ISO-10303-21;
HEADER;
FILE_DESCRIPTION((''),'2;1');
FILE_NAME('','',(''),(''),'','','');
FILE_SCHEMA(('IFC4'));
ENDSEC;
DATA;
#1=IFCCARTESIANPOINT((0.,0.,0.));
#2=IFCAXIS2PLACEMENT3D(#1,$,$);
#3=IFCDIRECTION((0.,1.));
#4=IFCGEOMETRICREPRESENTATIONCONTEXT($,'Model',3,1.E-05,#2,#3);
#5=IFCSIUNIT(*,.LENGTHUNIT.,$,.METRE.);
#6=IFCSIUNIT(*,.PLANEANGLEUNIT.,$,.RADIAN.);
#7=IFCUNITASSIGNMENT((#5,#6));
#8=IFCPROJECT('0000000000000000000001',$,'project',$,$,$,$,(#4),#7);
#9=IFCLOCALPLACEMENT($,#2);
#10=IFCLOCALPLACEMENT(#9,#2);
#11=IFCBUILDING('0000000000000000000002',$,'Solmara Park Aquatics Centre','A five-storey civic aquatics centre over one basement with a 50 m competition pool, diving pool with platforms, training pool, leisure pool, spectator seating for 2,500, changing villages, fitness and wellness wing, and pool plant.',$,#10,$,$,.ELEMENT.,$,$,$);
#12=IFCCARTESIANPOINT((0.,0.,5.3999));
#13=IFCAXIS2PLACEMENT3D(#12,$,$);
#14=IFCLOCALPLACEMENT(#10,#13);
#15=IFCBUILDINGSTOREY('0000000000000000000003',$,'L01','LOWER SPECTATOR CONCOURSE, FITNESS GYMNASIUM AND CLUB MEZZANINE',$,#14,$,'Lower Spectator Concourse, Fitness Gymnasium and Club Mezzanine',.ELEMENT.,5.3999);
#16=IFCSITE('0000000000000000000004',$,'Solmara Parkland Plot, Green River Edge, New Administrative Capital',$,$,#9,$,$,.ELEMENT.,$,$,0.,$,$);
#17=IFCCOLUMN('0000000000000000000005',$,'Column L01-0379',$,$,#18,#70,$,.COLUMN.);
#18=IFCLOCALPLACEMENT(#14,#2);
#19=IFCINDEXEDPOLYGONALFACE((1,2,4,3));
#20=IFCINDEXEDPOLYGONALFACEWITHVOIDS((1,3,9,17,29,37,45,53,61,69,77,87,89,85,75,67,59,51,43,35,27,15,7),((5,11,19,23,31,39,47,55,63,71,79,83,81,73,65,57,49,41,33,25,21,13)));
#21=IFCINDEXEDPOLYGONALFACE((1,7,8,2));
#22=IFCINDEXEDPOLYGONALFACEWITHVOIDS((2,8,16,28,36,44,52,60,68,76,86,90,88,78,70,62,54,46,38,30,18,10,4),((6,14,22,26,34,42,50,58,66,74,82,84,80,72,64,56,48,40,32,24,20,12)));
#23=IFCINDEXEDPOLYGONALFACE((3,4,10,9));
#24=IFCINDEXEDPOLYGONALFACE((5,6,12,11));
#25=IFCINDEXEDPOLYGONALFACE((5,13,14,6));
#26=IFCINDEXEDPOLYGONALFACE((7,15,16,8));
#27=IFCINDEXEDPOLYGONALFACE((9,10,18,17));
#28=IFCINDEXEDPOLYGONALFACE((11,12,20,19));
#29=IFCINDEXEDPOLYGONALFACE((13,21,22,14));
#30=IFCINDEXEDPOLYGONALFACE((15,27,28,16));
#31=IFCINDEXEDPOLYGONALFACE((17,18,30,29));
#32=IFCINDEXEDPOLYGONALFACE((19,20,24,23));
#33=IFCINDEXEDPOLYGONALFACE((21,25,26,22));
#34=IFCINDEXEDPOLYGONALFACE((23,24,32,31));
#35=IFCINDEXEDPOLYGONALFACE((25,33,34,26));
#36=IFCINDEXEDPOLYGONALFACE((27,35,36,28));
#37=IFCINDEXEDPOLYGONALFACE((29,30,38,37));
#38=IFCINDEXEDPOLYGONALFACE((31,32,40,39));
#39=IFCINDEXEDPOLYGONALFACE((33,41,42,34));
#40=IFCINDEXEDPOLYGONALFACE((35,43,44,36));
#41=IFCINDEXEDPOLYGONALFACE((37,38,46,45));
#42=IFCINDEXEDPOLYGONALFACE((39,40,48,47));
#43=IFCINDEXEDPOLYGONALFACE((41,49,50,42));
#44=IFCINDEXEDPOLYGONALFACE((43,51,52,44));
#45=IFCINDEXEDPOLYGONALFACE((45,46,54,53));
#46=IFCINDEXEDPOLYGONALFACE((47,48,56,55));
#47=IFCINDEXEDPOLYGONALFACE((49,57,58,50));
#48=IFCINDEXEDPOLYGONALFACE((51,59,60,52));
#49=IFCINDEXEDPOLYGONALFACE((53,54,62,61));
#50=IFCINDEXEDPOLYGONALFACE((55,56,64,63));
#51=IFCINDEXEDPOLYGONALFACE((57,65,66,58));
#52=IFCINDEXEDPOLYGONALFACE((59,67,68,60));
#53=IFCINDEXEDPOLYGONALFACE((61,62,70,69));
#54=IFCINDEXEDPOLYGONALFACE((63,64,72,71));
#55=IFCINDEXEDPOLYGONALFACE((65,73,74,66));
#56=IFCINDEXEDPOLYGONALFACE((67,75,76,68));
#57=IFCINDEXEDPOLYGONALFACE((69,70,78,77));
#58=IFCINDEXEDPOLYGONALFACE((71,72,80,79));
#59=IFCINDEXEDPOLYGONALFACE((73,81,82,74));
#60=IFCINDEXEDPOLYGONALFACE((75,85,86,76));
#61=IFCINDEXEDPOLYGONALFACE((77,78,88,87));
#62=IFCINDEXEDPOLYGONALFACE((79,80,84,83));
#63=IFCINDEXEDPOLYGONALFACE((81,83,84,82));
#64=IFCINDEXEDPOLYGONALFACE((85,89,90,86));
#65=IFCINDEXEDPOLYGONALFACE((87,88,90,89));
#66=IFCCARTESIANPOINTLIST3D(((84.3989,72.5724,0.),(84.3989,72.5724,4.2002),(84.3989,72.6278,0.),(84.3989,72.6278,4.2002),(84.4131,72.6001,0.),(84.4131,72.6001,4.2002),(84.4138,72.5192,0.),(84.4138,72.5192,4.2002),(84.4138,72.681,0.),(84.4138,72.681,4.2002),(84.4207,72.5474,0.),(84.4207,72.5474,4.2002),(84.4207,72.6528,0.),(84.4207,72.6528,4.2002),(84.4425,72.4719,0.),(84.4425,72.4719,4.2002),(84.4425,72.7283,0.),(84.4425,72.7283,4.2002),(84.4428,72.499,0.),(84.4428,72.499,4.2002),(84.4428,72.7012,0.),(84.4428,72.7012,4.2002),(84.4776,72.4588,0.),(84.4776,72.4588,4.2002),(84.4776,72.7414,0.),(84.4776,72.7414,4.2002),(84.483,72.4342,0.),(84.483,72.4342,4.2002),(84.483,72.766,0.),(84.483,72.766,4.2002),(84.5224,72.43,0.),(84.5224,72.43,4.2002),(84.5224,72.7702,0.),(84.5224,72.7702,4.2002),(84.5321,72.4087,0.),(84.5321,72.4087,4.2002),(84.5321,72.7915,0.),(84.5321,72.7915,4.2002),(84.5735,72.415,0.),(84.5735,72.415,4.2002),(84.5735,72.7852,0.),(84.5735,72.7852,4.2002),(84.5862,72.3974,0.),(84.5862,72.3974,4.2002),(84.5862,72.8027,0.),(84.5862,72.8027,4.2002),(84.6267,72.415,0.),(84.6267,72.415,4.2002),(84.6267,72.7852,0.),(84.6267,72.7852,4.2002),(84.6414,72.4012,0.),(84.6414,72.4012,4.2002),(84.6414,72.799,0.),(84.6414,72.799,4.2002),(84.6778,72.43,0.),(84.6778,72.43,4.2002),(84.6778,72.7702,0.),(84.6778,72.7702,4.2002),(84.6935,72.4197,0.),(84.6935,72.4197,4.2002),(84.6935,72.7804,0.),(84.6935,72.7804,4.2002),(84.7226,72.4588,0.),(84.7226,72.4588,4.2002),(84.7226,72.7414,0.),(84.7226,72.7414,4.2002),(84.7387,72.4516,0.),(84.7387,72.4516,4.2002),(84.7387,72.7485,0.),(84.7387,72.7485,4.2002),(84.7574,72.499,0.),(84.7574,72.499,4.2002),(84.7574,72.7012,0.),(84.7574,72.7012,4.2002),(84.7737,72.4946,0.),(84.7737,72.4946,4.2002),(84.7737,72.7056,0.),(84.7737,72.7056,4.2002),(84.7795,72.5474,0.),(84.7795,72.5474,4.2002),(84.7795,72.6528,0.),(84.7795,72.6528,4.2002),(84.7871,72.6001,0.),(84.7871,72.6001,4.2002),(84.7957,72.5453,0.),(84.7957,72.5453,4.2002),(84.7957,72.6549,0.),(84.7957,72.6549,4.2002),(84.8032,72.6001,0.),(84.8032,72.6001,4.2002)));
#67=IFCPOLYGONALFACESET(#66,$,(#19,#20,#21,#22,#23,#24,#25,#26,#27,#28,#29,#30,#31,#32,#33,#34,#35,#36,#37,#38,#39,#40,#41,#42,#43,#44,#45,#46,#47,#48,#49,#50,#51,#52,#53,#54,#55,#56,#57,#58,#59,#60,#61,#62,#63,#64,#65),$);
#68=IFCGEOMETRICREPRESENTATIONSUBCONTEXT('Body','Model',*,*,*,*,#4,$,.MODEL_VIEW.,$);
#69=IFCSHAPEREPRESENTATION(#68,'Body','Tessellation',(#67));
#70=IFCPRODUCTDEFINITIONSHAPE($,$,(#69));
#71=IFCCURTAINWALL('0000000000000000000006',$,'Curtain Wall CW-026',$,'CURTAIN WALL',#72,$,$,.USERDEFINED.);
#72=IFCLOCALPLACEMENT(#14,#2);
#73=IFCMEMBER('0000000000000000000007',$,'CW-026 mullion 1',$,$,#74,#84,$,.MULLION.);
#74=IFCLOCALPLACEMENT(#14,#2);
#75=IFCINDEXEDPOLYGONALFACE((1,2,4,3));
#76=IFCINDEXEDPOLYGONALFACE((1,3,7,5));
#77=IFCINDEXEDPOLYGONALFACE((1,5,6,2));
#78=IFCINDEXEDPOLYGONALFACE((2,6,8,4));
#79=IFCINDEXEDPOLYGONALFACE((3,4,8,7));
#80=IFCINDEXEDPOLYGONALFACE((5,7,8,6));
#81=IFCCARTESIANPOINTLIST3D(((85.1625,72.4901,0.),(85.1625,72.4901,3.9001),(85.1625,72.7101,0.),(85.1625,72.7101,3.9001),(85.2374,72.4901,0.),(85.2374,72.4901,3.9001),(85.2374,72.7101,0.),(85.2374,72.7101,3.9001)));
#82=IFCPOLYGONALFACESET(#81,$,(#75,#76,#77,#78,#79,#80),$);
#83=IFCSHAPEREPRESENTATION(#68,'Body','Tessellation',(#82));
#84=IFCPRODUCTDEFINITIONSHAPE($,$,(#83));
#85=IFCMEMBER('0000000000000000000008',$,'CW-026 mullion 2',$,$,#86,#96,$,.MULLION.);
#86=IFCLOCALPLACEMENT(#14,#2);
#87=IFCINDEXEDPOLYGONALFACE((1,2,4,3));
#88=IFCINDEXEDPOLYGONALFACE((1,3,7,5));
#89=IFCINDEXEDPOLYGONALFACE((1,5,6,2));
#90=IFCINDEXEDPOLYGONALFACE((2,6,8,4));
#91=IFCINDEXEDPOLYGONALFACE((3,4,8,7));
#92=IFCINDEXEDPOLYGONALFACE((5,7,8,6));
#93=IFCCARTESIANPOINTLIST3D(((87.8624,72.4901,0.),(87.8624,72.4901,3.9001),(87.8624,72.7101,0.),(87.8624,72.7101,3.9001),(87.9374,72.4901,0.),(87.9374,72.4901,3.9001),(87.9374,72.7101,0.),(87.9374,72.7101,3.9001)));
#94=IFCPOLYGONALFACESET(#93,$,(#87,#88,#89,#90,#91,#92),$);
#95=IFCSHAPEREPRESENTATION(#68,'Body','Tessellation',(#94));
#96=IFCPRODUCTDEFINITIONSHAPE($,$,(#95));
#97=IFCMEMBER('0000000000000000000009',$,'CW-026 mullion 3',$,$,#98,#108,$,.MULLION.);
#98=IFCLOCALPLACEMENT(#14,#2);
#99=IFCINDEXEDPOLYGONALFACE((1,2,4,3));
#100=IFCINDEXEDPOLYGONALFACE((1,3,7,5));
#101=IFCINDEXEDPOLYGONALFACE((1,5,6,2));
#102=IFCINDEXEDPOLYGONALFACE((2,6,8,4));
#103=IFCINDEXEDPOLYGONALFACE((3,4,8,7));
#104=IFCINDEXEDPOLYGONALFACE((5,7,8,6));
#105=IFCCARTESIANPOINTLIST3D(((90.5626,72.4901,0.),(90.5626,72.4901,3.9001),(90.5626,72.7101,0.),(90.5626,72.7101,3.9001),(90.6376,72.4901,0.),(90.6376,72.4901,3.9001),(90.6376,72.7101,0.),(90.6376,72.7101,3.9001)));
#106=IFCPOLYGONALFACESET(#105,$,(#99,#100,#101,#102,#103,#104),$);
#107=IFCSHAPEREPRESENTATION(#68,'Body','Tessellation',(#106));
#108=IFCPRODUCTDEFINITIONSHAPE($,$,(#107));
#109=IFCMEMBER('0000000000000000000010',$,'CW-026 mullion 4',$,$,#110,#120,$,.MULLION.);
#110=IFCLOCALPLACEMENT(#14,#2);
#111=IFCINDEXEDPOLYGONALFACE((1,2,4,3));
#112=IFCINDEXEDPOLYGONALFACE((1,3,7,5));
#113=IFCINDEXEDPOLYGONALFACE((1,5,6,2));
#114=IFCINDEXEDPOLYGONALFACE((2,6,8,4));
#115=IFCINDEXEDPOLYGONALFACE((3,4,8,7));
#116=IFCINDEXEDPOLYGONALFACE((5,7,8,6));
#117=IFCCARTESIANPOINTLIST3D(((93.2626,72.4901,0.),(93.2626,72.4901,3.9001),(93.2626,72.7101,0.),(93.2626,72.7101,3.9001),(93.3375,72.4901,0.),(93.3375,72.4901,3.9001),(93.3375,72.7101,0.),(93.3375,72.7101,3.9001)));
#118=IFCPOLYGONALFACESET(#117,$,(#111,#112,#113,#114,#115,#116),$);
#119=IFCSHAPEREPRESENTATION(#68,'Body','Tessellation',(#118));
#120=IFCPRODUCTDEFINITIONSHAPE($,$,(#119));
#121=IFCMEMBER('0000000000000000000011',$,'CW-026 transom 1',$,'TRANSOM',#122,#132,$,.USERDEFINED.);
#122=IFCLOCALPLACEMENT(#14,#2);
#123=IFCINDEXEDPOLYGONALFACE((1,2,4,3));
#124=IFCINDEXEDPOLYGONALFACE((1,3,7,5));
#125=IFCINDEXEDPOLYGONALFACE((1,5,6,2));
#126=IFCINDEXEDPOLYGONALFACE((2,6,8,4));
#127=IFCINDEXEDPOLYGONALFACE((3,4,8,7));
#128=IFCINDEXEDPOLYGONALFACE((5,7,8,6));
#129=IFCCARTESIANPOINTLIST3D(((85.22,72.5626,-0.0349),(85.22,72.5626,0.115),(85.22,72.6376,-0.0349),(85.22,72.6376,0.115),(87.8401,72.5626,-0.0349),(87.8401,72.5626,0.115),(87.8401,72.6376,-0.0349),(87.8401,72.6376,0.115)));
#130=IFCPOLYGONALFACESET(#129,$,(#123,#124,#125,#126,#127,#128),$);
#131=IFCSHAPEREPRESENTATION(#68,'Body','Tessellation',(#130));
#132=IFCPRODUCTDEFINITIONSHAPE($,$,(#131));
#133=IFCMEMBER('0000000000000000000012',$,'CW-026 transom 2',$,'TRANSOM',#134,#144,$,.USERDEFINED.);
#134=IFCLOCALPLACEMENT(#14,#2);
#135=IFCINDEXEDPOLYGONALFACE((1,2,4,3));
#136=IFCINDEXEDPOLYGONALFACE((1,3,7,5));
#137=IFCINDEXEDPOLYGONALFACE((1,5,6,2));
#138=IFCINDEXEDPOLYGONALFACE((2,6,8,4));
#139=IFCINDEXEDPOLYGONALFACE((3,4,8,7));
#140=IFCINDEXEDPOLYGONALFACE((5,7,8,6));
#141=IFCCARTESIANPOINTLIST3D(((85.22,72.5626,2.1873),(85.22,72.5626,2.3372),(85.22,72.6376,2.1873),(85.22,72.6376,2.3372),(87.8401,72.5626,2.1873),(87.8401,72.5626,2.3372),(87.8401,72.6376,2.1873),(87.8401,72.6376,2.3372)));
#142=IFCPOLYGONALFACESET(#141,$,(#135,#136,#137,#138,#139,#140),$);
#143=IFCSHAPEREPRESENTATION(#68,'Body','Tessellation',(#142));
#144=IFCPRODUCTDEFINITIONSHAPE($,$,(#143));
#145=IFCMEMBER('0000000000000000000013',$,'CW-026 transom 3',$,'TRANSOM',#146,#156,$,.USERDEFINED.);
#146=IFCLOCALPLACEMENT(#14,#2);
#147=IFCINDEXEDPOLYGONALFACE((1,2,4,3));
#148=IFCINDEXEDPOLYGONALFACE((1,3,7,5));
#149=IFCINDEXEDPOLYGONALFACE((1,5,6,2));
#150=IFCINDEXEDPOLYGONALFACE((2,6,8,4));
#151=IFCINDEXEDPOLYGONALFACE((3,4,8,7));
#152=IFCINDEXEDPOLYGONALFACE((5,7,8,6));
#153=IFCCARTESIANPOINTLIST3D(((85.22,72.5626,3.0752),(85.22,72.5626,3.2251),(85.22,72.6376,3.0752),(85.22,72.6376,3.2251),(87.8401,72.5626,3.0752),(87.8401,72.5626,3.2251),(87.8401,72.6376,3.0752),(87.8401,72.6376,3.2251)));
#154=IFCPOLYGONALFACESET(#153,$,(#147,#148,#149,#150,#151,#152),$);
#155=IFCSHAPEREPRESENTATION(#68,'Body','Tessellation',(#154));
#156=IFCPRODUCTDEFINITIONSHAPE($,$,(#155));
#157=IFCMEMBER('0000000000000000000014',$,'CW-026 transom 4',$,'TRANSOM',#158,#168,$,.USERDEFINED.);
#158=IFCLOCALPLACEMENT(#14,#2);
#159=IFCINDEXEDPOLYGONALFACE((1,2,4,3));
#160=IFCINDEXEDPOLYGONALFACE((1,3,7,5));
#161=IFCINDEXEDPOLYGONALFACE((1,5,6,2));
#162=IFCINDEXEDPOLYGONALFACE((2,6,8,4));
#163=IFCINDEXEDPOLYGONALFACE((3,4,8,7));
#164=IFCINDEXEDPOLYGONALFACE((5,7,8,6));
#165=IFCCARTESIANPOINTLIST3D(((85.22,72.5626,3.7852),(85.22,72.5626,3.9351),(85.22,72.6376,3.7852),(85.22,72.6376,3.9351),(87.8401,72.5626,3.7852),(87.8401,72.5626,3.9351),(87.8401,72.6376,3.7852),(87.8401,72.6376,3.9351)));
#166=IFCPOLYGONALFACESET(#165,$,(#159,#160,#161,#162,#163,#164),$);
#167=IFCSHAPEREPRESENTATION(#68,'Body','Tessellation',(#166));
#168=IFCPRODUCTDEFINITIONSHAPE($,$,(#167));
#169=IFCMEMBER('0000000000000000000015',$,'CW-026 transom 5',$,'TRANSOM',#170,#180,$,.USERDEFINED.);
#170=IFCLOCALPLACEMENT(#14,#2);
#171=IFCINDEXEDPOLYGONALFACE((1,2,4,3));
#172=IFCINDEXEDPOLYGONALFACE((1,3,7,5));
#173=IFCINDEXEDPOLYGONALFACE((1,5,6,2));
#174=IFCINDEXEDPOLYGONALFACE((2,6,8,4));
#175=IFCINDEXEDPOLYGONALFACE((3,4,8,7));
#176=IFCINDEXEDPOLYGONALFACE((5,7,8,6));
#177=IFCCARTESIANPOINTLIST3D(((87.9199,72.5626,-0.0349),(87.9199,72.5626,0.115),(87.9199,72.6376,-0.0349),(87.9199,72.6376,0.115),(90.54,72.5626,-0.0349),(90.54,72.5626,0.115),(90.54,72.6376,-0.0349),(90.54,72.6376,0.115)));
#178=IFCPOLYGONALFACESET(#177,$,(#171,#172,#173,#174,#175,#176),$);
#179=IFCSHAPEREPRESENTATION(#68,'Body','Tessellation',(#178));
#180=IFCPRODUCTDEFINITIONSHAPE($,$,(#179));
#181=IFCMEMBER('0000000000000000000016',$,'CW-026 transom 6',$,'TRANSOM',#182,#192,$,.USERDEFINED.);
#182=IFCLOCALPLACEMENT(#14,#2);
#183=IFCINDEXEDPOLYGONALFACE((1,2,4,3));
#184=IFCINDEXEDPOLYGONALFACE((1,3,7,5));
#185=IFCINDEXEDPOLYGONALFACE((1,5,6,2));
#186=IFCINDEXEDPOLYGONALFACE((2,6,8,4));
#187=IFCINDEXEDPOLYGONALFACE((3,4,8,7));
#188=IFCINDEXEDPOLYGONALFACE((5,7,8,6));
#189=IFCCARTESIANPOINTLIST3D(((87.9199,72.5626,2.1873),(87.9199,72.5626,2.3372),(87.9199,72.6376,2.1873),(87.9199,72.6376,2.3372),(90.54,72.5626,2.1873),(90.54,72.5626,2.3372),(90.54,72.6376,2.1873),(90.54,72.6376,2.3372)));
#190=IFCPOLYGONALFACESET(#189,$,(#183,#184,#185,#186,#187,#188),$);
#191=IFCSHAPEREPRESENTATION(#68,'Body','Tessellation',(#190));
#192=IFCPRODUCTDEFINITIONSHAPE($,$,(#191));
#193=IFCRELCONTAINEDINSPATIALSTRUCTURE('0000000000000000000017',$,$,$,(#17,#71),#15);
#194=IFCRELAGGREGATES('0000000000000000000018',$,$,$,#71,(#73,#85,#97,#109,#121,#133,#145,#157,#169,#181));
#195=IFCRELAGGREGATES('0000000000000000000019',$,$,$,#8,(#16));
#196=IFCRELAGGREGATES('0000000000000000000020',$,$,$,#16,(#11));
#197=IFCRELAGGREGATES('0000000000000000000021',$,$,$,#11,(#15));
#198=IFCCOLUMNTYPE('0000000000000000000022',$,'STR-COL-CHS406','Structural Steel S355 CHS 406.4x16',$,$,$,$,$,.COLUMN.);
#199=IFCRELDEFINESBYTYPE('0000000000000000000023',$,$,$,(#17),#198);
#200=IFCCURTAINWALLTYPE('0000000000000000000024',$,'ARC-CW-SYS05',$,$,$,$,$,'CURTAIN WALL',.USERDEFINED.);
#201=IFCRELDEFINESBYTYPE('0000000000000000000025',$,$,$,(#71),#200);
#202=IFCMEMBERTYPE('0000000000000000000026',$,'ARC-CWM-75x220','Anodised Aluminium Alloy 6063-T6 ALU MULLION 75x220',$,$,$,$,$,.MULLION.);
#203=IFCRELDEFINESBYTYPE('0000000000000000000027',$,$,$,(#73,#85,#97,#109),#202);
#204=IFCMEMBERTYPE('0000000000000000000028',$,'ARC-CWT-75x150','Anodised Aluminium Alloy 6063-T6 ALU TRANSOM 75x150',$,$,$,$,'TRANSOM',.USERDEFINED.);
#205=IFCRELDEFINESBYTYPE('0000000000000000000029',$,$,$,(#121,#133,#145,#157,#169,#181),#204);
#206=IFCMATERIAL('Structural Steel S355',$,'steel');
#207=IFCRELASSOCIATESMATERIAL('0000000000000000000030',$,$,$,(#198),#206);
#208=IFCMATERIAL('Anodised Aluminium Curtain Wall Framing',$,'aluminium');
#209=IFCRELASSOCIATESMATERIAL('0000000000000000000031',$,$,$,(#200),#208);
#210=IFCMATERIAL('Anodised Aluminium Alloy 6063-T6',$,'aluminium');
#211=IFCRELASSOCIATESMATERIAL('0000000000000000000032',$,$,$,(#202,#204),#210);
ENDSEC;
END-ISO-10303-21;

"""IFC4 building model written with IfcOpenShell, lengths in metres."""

from ifc_helpers import new_model, si_unit, direction, frame, origin, origin_2d, place, context, subcontext, project, spatial, rectangle, hollow_circle, extrude, material, material_profile, profile_set, type_object, element, aggregate, save


model = new_model("IFC4")

# Units and contexts
model_context = context("Model", 3, precision=1e-05, world=origin(), true_north=direction((0.0, 1.0)))
body_context = subcontext(model_context, "Body", "Model", "MODEL_VIEW")
ifc_project = project(units=[si_unit("LENGTHUNIT", "METRE"), si_unit("PLANEANGLEUNIT", "RADIAN")], contexts=[model_context])

# Site, building, storey
site_placement = place(None, origin())
site = spatial("IfcSite", under=ifc_project, at=site_placement, Name="Solmara Parkland Plot, Green River Edge, New Administrative Capital", CompositionType="ELEMENT", RefElevation=0.0)
building_placement = place(site_placement, origin())
building = spatial("IfcBuilding", under=site, at=building_placement, Name="Solmara Park Aquatics Centre", Description="A five-storey civic aquatics centre over one basement with a 50 m competition pool, diving pool with platforms, training pool, leisure pool, spectator seating for 2,500, changing villages, fitness and wellness wing, and pool plant.", CompositionType="ELEMENT")
storey_placement = place(building_placement, frame((0.0, 0.0, 5.3999)))
storey = spatial("IfcBuildingStorey", under=building, at=storey_placement, Name="L01", Description="LOWER SPECTATOR CONCOURSE, FITNESS GYMNASIUM AND CLUB MEZZANINE", LongName="Lower Spectator Concourse, Fitness Gymnasium and Club Mezzanine", CompositionType="ELEMENT", Elevation=5.3999)

# Column
ifc_material_1 = material(Name="Structural Steel S355", Category="steel")
ifc_material_profile_1 = material_profile(ifc_material_1, hollow_circle(Radius=0.2031, WallThickness=0.0161, at=origin_2d()), Name="CHS 406.4x16")
ifc_profile_set_1 = profile_set([ifc_material_profile_1], Name="Structural Steel S355")
column_type = type_object("IfcColumnType", Name="STR-COL-CHS406", Description="Structural Steel S355 CHS 406.4x16", PredefinedType="COLUMN", material=ifc_profile_set_1)
column_placement = place(storey_placement, frame((84.6001, 72.6001, 0.0), z_axis=(0.0, 0.0, 1.0), x_axis=(1.0, 0.0, 0.0)))
element("IfcColumn", 1, at=column_placement, inside=storey, type_object=column_type, Name="Column L01-0379", PredefinedType="COLUMN", context=body_context, shape_type="SweptSolid", body=[
    extrude(hollow_circle(Radius=0.2031, WallThickness=0.0161, at=origin_2d()), origin(), (0.0, 0.0, 1.0), 4.2002),
])

# Curtain wall, members
ifc_material_2 = material(Name="Anodised Aluminium Curtain Wall Framing", Category="aluminium")
curtain_wall_type = type_object("IfcCurtainWallType", Name="ARC-CW-SYS05", ElementType="CURTAIN WALL", PredefinedType="USERDEFINED", material=ifc_material_2)
curtain_wall_placement = place(storey_placement, origin())
curtain_wall = element("IfcCurtainWall", 2, at=curtain_wall_placement, inside=storey, type_object=curtain_wall_type, Name="Curtain Wall CW-026", ObjectType="CURTAIN WALL", PredefinedType="USERDEFINED")
ifc_material_3 = material(Name="Anodised Aluminium Alloy 6063-T6", Category="aluminium")
ifc_material_profile_2 = material_profile(ifc_material_3, rectangle(XDim=0.075, YDim=0.22, at=origin_2d()), Name="ALU MULLION 75x220")
ifc_profile_set_2 = profile_set([ifc_material_profile_2], Name="Anodised Aluminium Alloy 6063-T6")
member_type_1 = type_object("IfcMemberType", Name="ARC-CWM-75x220", Description="Anodised Aluminium Alloy 6063-T6 ALU MULLION 75x220", PredefinedType="MULLION", material=ifc_profile_set_2)
member_1_placement = place(storey_placement, frame((85.2, 72.6001, 0.0), z_axis=(0.0, 0.0, 1.0), x_axis=(1.0, 0.0, 0.0)))
member_1 = element("IfcMember", 3, at=member_1_placement, type_object=member_type_1, Name="CW-026 mullion 1", PredefinedType="MULLION", context=body_context, shape_type="SweptSolid", body=[
    extrude(rectangle(XDim=0.075, YDim=0.22, at=origin_2d()), origin(), (0.0, 0.0, 1.0), 3.9001),
])
member_2_placement = place(storey_placement, frame((87.8999, 72.6001, 0.0), z_axis=(0.0, 0.0, 1.0), x_axis=(1.0, 0.0, 0.0)))
member_2 = element("IfcMember", 4, at=member_2_placement, type_object=member_type_1, Name="CW-026 mullion 2", PredefinedType="MULLION", context=body_context, shape_type="SweptSolid", body=[
    extrude(rectangle(XDim=0.075, YDim=0.22, at=origin_2d()), origin(), (0.0, 0.0, 1.0), 3.9001),
])
member_3_placement = place(storey_placement, frame((90.6001, 72.6001, 0.0), z_axis=(0.0, 0.0, 1.0), x_axis=(1.0, 0.0, 0.0)))
member_3 = element("IfcMember", 5, at=member_3_placement, type_object=member_type_1, Name="CW-026 mullion 3", PredefinedType="MULLION", context=body_context, shape_type="SweptSolid", body=[
    extrude(rectangle(XDim=0.075, YDim=0.22, at=origin_2d()), origin(), (0.0, 0.0, 1.0), 3.9001),
])
member_4_placement = place(storey_placement, frame((93.3, 72.6001, 0.0), z_axis=(0.0, 0.0, 1.0), x_axis=(1.0, 0.0, 0.0)))
member_4 = element("IfcMember", 6, at=member_4_placement, type_object=member_type_1, Name="CW-026 mullion 4", PredefinedType="MULLION", context=body_context, shape_type="SweptSolid", body=[
    extrude(rectangle(XDim=0.075, YDim=0.22, at=origin_2d()), origin(), (0.0, 0.0, 1.0), 3.9001),
])
ifc_material_profile_3 = material_profile(ifc_material_3, rectangle(XDim=0.075, YDim=0.1499, at=origin_2d()), Name="ALU TRANSOM 75x150")
ifc_profile_set_3 = profile_set([ifc_material_profile_3], Name="Anodised Aluminium Alloy 6063-T6")
member_type_2 = type_object("IfcMemberType", Name="ARC-CWT-75x150", Description="Anodised Aluminium Alloy 6063-T6 ALU TRANSOM 75x150", ElementType="TRANSOM", PredefinedType="USERDEFINED", material=ifc_profile_set_3)
member_5_placement = place(storey_placement, frame((85.22, 72.6001, 0.04), z_axis=(1.0, 0.0, 0.0), x_axis=(0.0, 1.0, 0.0)))
member_5 = element("IfcMember", 7, at=member_5_placement, type_object=member_type_2, Name="CW-026 transom 1", ObjectType="TRANSOM", PredefinedType="USERDEFINED", context=body_context, shape_type="SweptSolid", body=[
    extrude(rectangle(XDim=0.075, YDim=0.1499, at=origin_2d()), origin(), (0.0, 0.0, 1.0), 2.6201),
])
member_6_placement = place(storey_placement, frame((85.22, 72.6001, 2.2622), z_axis=(1.0, 0.0, 0.0), x_axis=(0.0, 1.0, 0.0)))
member_6 = element("IfcMember", 8, at=member_6_placement, type_object=member_type_2, Name="CW-026 transom 2", ObjectType="TRANSOM", PredefinedType="USERDEFINED", context=body_context, shape_type="SweptSolid", body=[
    extrude(rectangle(XDim=0.075, YDim=0.1499, at=origin_2d()), origin(), (0.0, 0.0, 1.0), 2.6201),
])
member_7_placement = place(storey_placement, frame((85.22, 72.6001, 3.1501), z_axis=(1.0, 0.0, 0.0), x_axis=(0.0, 1.0, 0.0)))
member_7 = element("IfcMember", 9, at=member_7_placement, type_object=member_type_2, Name="CW-026 transom 3", ObjectType="TRANSOM", PredefinedType="USERDEFINED", context=body_context, shape_type="SweptSolid", body=[
    extrude(rectangle(XDim=0.075, YDim=0.1499, at=origin_2d()), origin(), (0.0, 0.0, 1.0), 2.6201),
])
member_8_placement = place(storey_placement, frame((85.22, 72.6001, 3.8601), z_axis=(1.0, 0.0, 0.0), x_axis=(0.0, 1.0, 0.0)))
member_8 = element("IfcMember", 10, at=member_8_placement, type_object=member_type_2, Name="CW-026 transom 4", ObjectType="TRANSOM", PredefinedType="USERDEFINED", context=body_context, shape_type="SweptSolid", body=[
    extrude(rectangle(XDim=0.075, YDim=0.1499, at=origin_2d()), origin(), (0.0, 0.0, 1.0), 2.6201),
])
member_9_placement = place(storey_placement, frame((87.9199, 72.6001, 0.04), z_axis=(1.0, 0.0, 0.0), x_axis=(0.0, 1.0, 0.0)))
member_9 = element("IfcMember", 11, at=member_9_placement, type_object=member_type_2, Name="CW-026 transom 5", ObjectType="TRANSOM", PredefinedType="USERDEFINED", context=body_context, shape_type="SweptSolid", body=[
    extrude(rectangle(XDim=0.075, YDim=0.1499, at=origin_2d()), origin(), (0.0, 0.0, 1.0), 2.6201),
])
member_10_placement = place(storey_placement, frame((87.9199, 72.6001, 2.2622), z_axis=(1.0, 0.0, 0.0), x_axis=(0.0, 1.0, 0.0)))
member_10 = element("IfcMember", 12, at=member_10_placement, type_object=member_type_2, Name="CW-026 transom 6", ObjectType="TRANSOM", PredefinedType="USERDEFINED", context=body_context, shape_type="SweptSolid", body=[
    extrude(rectangle(XDim=0.075, YDim=0.1499, at=origin_2d()), origin(), (0.0, 0.0, 1.0), 2.6201),
])

aggregate(curtain_wall, [member_1, member_2, member_3, member_4, member_5, member_6, member_7, member_8, member_9, member_10])

save(model, "model.ifc")
